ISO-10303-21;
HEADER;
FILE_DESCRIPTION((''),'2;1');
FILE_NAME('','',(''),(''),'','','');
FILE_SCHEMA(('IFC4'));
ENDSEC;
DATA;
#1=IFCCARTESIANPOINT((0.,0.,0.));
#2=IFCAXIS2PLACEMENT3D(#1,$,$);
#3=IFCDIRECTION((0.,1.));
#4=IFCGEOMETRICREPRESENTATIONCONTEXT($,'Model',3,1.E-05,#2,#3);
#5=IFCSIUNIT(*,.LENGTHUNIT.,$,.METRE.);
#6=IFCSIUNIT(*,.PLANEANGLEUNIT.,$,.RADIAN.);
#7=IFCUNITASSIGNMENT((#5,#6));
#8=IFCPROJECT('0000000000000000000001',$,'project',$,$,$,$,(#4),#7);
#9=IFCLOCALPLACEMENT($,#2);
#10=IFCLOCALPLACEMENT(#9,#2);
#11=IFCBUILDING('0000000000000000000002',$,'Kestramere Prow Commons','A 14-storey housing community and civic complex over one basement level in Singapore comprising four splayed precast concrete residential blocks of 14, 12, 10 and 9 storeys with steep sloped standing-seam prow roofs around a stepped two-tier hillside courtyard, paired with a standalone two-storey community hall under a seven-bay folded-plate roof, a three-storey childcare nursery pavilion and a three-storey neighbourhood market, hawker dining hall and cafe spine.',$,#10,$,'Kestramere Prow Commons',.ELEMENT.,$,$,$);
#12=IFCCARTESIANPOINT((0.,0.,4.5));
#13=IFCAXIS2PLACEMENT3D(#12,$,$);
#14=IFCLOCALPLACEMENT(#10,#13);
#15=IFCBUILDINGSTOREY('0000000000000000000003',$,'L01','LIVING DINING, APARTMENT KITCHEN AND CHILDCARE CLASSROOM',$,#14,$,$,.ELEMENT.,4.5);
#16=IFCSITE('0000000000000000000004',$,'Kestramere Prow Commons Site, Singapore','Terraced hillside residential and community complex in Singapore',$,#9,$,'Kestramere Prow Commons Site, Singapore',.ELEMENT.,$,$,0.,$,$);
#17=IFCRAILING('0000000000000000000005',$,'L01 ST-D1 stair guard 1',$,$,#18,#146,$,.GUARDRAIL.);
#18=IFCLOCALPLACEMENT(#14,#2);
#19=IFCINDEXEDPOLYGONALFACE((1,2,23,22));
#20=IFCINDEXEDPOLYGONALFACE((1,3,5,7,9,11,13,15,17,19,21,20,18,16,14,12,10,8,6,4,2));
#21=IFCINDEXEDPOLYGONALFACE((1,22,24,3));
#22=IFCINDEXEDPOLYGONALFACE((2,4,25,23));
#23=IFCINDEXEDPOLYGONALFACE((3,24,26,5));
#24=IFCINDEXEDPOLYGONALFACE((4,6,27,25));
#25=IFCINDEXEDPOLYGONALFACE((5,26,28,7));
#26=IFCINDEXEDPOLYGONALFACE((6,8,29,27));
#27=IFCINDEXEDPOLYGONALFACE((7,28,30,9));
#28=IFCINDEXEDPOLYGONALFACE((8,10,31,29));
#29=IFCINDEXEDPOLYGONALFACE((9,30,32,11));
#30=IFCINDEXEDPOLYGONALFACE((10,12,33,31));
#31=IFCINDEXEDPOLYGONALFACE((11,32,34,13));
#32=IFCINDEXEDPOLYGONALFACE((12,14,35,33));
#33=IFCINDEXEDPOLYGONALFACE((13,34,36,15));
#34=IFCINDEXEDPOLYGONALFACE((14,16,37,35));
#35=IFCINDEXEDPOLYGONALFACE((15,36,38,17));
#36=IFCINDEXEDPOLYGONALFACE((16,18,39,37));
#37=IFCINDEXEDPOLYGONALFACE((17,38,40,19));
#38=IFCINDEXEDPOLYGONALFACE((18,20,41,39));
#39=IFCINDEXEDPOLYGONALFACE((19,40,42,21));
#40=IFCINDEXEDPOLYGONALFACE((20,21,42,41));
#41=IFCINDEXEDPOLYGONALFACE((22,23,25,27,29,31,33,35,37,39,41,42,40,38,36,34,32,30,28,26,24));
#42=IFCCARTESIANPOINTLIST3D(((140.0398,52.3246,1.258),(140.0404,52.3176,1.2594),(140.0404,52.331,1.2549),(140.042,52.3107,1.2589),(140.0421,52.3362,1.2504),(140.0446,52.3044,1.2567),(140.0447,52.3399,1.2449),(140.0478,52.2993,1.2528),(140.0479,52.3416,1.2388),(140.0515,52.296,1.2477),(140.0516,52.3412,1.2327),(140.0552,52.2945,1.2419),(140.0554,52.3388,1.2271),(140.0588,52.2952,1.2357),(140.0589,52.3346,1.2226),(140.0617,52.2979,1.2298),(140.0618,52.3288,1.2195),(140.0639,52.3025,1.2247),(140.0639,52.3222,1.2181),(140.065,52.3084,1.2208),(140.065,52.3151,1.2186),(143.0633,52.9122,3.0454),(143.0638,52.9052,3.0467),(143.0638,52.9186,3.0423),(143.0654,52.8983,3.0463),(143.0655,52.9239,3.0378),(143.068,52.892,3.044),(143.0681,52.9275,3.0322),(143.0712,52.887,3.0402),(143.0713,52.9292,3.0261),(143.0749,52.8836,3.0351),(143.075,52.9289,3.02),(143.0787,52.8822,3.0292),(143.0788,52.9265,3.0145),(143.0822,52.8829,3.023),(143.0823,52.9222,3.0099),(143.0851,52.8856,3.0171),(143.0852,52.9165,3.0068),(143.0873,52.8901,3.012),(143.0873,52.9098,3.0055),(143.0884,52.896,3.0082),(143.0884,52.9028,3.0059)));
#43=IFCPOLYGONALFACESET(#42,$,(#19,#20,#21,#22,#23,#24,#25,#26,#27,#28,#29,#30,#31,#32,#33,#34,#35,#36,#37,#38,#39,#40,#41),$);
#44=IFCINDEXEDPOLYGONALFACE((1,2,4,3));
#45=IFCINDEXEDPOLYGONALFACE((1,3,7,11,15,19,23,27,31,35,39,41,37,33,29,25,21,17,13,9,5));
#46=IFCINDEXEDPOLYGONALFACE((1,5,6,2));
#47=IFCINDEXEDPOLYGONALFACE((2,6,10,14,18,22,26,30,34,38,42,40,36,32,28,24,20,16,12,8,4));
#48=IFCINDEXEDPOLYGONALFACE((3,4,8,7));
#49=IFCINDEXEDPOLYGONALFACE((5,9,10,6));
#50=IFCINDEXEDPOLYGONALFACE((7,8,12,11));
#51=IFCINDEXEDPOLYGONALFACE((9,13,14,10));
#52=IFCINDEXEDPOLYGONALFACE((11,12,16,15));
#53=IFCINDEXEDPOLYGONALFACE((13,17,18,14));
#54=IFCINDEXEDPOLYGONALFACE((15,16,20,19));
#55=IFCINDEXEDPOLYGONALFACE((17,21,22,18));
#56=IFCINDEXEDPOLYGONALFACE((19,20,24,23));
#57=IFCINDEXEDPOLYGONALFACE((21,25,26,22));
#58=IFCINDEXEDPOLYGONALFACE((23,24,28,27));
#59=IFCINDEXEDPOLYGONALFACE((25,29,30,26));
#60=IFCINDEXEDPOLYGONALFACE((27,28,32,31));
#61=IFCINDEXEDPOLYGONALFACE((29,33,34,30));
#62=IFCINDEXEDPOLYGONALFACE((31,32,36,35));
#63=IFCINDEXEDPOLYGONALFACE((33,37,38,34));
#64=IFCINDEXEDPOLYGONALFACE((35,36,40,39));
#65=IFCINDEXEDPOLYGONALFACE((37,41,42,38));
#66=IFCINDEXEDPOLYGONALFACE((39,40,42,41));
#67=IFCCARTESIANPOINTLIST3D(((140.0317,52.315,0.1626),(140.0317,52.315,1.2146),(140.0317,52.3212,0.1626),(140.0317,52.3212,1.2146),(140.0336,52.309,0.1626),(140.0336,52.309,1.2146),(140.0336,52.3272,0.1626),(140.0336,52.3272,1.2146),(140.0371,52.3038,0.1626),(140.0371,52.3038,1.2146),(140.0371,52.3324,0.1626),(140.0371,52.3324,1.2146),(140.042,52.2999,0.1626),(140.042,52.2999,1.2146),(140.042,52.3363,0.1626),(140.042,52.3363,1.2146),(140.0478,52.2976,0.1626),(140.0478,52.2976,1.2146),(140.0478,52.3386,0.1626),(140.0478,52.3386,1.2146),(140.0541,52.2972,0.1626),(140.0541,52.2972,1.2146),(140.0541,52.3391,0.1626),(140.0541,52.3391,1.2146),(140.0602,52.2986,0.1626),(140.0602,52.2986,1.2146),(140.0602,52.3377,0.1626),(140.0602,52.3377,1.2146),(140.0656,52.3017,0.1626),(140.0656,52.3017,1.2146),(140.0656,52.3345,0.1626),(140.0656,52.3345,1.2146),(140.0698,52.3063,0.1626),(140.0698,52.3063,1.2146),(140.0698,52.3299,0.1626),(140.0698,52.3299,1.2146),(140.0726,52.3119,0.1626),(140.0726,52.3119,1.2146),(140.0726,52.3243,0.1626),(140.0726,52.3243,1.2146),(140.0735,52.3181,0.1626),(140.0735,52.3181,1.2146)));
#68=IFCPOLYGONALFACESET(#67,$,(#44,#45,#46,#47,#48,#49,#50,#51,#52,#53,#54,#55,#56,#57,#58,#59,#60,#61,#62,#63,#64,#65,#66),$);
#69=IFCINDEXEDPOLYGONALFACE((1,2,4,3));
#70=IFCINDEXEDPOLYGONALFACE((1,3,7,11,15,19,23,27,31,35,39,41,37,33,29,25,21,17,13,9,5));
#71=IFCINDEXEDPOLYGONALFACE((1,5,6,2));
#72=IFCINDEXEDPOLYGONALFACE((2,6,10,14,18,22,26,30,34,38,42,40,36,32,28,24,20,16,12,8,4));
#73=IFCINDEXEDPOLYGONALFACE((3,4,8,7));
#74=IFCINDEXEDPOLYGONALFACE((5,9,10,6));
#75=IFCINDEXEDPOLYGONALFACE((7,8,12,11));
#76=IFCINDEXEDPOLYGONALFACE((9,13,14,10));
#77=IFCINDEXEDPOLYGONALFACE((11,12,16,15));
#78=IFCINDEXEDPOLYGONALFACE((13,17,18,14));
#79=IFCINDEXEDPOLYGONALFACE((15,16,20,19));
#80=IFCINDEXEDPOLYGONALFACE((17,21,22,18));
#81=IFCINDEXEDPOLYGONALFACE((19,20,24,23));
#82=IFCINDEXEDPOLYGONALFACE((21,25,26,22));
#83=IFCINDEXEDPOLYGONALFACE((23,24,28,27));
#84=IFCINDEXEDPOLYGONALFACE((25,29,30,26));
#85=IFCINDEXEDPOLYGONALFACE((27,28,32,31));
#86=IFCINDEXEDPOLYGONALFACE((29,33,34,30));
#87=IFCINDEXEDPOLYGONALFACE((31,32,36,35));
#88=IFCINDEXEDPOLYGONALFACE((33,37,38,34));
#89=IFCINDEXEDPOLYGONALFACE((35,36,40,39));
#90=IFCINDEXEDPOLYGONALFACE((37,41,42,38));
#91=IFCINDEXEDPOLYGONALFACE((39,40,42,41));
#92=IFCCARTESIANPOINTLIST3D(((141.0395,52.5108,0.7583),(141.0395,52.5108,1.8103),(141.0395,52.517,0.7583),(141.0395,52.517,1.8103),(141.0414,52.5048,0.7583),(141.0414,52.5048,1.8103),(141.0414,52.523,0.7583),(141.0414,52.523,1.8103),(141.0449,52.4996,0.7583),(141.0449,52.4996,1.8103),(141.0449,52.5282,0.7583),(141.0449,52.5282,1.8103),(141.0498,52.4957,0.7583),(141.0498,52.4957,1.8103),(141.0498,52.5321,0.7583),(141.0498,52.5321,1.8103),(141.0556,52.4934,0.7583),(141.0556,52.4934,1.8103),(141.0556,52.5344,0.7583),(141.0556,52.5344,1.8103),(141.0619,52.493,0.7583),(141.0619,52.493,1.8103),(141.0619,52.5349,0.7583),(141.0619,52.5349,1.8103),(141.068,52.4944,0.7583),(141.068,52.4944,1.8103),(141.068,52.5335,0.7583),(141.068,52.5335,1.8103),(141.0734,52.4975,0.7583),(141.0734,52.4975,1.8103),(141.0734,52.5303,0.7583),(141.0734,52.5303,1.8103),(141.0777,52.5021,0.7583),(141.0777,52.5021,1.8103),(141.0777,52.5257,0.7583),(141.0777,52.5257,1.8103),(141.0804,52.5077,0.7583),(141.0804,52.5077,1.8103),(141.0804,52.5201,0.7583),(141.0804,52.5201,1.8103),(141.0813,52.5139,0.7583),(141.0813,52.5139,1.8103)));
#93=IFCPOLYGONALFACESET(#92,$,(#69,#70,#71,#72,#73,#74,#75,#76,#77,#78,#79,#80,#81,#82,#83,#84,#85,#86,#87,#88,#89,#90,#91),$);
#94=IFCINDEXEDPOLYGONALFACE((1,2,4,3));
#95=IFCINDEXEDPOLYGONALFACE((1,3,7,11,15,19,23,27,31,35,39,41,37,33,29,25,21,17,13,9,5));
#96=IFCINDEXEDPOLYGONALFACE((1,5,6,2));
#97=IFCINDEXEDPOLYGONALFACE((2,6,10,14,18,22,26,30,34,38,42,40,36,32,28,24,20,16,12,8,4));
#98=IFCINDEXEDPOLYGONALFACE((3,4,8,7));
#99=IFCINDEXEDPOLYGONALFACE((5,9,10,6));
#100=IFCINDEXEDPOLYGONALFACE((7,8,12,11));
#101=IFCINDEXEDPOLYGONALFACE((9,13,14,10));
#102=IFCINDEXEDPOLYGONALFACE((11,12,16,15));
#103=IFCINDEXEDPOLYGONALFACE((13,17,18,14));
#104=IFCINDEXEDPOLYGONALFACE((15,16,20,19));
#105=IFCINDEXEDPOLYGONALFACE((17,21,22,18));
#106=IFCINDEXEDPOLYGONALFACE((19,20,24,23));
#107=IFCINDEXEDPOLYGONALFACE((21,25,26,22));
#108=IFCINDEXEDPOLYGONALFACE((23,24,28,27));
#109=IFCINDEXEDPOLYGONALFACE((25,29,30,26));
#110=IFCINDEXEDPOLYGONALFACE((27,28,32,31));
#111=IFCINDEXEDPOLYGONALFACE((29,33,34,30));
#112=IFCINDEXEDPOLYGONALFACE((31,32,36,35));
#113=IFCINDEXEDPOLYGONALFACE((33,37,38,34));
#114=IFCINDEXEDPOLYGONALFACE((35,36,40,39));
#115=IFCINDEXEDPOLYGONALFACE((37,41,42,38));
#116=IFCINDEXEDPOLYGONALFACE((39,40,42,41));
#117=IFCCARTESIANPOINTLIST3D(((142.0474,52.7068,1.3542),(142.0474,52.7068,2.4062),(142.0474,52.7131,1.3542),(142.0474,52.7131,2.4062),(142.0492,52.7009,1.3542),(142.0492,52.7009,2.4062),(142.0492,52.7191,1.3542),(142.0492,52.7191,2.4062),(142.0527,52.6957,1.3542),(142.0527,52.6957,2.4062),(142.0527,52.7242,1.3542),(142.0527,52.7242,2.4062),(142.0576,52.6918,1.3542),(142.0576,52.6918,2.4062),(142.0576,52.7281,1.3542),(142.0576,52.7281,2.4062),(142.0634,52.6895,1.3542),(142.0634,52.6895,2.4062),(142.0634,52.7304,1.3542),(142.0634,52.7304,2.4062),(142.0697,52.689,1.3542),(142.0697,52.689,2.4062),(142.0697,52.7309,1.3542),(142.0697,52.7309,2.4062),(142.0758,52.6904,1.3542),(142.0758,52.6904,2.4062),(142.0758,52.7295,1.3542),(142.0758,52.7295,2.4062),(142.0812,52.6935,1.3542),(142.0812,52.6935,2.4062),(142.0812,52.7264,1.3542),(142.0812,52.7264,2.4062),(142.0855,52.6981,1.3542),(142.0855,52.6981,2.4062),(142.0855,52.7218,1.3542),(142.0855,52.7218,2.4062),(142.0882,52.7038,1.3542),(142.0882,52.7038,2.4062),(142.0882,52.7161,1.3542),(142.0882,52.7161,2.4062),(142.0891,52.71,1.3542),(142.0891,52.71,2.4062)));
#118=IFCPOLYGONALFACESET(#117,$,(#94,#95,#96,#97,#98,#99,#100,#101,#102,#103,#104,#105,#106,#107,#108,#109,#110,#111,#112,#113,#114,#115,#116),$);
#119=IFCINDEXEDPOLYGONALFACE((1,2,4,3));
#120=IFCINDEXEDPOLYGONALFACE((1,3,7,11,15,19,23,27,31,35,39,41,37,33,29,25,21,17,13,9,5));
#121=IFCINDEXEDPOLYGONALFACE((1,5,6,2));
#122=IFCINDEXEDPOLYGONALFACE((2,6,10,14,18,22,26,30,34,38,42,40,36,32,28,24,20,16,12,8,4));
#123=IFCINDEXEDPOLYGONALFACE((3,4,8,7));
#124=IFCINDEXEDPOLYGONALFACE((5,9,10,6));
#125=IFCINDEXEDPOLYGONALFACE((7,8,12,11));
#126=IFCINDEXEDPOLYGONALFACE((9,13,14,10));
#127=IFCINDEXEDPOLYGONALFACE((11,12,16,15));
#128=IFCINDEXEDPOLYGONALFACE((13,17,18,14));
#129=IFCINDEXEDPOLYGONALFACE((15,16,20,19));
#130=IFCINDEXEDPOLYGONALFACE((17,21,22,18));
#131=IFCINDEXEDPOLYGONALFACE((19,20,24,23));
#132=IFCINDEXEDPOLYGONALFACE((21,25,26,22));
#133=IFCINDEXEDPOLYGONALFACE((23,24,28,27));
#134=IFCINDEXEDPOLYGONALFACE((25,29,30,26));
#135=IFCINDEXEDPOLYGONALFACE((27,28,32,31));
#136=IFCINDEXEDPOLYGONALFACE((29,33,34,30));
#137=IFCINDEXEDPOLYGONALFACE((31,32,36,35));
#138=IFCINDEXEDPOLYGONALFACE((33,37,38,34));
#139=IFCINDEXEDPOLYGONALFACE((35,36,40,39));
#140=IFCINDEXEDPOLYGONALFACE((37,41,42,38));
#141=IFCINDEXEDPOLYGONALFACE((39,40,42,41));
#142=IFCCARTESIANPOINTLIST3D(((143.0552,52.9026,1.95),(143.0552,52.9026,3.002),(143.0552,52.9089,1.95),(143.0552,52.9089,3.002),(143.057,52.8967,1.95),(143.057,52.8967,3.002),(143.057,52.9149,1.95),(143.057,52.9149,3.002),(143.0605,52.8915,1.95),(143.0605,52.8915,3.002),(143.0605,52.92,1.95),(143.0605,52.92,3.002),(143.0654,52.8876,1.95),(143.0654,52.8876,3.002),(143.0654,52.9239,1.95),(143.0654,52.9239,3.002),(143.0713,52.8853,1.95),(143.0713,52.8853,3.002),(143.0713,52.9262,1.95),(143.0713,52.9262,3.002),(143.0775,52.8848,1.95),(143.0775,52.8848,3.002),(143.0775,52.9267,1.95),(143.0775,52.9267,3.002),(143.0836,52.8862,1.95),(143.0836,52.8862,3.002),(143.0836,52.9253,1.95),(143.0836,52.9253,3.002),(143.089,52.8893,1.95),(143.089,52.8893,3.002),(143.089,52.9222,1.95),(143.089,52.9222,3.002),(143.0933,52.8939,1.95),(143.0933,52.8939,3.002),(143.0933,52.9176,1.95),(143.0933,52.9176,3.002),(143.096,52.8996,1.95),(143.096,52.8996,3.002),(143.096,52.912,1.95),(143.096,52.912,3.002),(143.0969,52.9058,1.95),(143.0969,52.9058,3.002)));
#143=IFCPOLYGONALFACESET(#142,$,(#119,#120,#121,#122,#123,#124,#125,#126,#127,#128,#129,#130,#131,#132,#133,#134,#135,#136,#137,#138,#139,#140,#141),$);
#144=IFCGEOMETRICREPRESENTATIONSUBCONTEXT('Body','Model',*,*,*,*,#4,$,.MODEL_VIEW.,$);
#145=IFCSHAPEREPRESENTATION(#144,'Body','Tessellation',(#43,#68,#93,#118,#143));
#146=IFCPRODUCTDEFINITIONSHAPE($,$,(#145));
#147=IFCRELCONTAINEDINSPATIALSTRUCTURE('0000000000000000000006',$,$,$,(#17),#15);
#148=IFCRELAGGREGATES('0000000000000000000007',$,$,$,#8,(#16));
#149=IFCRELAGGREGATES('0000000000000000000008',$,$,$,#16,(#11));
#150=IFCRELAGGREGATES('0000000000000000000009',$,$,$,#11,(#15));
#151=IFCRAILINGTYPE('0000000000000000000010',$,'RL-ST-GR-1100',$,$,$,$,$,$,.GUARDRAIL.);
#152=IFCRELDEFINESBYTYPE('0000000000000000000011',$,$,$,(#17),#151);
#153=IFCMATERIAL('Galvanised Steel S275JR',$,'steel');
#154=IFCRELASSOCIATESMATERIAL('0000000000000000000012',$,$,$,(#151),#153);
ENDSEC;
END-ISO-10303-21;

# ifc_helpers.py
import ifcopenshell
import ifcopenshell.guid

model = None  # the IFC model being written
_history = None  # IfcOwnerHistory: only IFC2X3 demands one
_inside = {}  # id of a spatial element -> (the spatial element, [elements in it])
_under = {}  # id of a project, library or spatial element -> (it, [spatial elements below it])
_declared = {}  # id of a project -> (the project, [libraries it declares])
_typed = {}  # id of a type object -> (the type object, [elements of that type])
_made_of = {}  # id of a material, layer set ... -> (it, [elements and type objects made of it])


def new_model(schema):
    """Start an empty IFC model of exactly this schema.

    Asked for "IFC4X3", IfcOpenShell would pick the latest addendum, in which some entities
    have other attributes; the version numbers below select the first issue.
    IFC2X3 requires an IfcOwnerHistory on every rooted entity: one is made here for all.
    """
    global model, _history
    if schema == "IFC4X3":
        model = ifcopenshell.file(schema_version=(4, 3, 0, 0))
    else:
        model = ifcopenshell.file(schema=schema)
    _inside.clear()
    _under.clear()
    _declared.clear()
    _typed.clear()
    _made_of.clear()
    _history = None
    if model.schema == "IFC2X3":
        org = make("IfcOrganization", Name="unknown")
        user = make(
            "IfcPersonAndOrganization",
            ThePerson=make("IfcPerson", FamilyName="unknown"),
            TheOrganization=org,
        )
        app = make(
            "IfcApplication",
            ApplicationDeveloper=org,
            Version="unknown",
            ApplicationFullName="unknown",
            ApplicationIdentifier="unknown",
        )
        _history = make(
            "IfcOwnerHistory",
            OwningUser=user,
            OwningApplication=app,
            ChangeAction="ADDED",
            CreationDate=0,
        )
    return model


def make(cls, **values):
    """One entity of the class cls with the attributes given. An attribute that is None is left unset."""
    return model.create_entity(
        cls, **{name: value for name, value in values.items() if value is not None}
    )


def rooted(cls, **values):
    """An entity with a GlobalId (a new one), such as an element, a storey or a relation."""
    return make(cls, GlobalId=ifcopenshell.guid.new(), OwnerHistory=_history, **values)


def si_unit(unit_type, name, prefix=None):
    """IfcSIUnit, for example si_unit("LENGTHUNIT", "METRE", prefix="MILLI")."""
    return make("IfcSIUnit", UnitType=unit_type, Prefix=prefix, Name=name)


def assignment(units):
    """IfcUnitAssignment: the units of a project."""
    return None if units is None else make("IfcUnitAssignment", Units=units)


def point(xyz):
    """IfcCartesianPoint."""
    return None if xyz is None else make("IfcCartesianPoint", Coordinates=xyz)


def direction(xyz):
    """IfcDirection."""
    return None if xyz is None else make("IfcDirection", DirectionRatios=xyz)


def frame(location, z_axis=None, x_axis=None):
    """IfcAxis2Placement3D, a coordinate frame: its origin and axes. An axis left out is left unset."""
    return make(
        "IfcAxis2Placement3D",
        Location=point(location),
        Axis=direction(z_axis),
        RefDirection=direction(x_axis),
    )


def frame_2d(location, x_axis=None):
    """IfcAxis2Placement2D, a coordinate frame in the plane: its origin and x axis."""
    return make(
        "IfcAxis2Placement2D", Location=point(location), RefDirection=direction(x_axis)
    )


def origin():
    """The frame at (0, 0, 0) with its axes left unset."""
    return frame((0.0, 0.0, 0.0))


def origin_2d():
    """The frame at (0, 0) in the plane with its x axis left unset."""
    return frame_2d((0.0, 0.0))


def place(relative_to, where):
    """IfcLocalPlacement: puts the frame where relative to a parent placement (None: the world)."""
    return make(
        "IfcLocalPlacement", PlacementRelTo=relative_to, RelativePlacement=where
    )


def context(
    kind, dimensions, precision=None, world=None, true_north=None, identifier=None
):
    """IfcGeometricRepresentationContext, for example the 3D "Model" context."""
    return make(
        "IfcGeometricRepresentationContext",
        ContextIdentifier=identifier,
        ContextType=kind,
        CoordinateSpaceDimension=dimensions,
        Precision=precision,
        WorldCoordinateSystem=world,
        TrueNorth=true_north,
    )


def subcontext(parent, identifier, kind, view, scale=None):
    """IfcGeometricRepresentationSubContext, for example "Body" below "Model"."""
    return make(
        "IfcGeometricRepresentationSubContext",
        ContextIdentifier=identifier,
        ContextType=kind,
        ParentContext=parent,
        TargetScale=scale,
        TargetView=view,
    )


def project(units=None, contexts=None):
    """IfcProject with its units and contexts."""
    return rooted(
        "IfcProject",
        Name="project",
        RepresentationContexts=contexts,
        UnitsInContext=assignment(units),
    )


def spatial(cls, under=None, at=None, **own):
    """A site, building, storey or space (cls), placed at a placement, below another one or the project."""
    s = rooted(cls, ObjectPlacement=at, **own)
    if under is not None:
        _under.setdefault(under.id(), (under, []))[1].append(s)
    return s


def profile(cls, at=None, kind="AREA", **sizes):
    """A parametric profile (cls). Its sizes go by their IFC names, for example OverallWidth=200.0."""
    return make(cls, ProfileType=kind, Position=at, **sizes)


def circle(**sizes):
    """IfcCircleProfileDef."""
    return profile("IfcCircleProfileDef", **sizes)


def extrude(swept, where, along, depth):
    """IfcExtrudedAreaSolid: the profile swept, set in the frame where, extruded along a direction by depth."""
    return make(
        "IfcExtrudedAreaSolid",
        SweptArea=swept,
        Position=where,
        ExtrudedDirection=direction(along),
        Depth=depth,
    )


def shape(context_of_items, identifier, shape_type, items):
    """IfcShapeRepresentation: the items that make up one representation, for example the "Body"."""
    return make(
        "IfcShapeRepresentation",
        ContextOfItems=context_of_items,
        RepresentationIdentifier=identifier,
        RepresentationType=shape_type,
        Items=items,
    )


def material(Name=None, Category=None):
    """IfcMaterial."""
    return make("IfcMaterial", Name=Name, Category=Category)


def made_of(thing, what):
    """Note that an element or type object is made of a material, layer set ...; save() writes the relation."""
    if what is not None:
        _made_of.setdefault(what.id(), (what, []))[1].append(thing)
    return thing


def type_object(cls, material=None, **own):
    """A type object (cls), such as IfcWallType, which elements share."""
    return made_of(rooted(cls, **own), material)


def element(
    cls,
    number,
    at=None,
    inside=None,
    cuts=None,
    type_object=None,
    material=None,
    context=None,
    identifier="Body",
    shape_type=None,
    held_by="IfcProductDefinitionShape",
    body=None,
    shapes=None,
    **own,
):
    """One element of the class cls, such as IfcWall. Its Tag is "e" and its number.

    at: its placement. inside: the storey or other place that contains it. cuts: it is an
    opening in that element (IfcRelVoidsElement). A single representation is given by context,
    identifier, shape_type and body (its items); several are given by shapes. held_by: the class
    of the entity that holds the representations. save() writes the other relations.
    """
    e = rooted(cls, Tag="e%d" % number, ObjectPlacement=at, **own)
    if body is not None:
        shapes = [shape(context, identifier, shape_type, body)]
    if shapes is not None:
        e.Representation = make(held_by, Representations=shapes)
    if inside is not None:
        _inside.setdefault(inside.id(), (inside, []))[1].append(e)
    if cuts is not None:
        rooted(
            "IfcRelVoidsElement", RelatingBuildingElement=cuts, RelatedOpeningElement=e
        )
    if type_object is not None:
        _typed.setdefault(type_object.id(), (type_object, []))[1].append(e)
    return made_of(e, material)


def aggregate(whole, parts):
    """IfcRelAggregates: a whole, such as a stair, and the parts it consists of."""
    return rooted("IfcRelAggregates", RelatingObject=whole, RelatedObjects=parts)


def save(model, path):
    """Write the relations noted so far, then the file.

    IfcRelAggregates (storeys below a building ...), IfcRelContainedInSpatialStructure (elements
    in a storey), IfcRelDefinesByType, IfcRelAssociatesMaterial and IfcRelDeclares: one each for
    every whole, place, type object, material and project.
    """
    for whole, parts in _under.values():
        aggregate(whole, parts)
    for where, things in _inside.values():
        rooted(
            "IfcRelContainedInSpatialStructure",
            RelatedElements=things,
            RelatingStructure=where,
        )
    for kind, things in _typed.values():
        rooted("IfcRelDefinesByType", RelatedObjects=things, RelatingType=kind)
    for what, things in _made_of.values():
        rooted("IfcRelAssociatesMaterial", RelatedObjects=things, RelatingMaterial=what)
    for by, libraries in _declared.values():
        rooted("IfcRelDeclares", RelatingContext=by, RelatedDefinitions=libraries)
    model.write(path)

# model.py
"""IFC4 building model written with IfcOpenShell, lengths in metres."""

from ifc_helpers import new_model, si_unit, direction, frame, origin, origin_2d, place, context, subcontext, project, spatial, circle, extrude, material, type_object, element, save


model = new_model("IFC4")

# Units and contexts
model_context = context("Model", 3, precision=1e-05, world=origin(), true_north=direction((0.0, 1.0)))
body_context = subcontext(model_context, "Body", "Model", "MODEL_VIEW")
ifc_project = project(units=[si_unit("LENGTHUNIT", "METRE"), si_unit("PLANEANGLEUNIT", "RADIAN")], contexts=[model_context])

# Site, building, storey
site_placement = place(None, origin())
site = spatial("IfcSite", under=ifc_project, at=site_placement, Name="Kestramere Prow Commons Site, Singapore", Description="Terraced hillside residential and community complex in Singapore", LongName="Kestramere Prow Commons Site, Singapore", CompositionType="ELEMENT", RefElevation=0.0)
building_placement = place(site_placement, origin())
building = spatial("IfcBuilding", under=site, at=building_placement, Name="Kestramere Prow Commons", Description="A 14-storey housing community and civic complex over one basement level in Singapore comprising four splayed precast concrete residential blocks of 14, 12, 10 and 9 storeys with steep sloped standing-seam prow roofs around a stepped two-tier hillside courtyard, paired with a standalone two-storey community hall under a seven-bay folded-plate roof, a three-storey childcare nursery pavilion and a three-storey neighbourhood market, hawker dining hall and cafe spine.", LongName="Kestramere Prow Commons", CompositionType="ELEMENT")
storey_placement = place(building_placement, frame((0.0, 0.0, 4.5)))
storey = spatial("IfcBuildingStorey", under=building, at=storey_placement, Name="L01", Description="LIVING DINING, APARTMENT KITCHEN AND CHILDCARE CLASSROOM", CompositionType="ELEMENT", Elevation=4.5)

# Railing
ifc_material_1 = material(Name="Galvanised Steel S275JR", Category="steel")
railing_type_1 = type_object("IfcRailingType", Name="RL-ST-GR-1100", PredefinedType="GUARDRAIL", material=ifc_material_1)
railing_1_placement = place(storey_placement, frame((140.0525, 52.3181, 0.1626)))
element("IfcRailing", 1, at=railing_1_placement, inside=storey, type_object=railing_type_1, Name="L01 ST-D1 stair guard 1", PredefinedType="GUARDRAIL", context=body_context, shape_type="SweptSolid", body=[
    extrude(circle(Radius=0.0239, at=origin_2d()), frame((0.0, 0.0, 1.0762), z_axis=(0.849028, 0.16502, 0.501916), x_axis=(-0.190793, 0.98163, 0.0)), (0.0, 0.0, 1.0), 3.561),
    extrude(circle(Radius=0.021, at=origin_2d()), origin(), (0.0, 0.0, 1.0), 1.052),
    extrude(circle(Radius=0.021, at=origin_2d()), frame((1.0078, 0.1958, 0.5957)), (0.0, 0.0, 1.0), 1.052),
    extrude(circle(Radius=0.021, at=origin_2d()), frame((2.0156, 0.3918, 1.1917)), (0.0, 0.0, 1.0), 1.052),
    extrude(circle(Radius=0.021, at=origin_2d()), frame((3.0234, 0.5876, 1.7874)), (0.0, 0.0, 1.0), 1.052),
])

save(model, "model.ifc")
